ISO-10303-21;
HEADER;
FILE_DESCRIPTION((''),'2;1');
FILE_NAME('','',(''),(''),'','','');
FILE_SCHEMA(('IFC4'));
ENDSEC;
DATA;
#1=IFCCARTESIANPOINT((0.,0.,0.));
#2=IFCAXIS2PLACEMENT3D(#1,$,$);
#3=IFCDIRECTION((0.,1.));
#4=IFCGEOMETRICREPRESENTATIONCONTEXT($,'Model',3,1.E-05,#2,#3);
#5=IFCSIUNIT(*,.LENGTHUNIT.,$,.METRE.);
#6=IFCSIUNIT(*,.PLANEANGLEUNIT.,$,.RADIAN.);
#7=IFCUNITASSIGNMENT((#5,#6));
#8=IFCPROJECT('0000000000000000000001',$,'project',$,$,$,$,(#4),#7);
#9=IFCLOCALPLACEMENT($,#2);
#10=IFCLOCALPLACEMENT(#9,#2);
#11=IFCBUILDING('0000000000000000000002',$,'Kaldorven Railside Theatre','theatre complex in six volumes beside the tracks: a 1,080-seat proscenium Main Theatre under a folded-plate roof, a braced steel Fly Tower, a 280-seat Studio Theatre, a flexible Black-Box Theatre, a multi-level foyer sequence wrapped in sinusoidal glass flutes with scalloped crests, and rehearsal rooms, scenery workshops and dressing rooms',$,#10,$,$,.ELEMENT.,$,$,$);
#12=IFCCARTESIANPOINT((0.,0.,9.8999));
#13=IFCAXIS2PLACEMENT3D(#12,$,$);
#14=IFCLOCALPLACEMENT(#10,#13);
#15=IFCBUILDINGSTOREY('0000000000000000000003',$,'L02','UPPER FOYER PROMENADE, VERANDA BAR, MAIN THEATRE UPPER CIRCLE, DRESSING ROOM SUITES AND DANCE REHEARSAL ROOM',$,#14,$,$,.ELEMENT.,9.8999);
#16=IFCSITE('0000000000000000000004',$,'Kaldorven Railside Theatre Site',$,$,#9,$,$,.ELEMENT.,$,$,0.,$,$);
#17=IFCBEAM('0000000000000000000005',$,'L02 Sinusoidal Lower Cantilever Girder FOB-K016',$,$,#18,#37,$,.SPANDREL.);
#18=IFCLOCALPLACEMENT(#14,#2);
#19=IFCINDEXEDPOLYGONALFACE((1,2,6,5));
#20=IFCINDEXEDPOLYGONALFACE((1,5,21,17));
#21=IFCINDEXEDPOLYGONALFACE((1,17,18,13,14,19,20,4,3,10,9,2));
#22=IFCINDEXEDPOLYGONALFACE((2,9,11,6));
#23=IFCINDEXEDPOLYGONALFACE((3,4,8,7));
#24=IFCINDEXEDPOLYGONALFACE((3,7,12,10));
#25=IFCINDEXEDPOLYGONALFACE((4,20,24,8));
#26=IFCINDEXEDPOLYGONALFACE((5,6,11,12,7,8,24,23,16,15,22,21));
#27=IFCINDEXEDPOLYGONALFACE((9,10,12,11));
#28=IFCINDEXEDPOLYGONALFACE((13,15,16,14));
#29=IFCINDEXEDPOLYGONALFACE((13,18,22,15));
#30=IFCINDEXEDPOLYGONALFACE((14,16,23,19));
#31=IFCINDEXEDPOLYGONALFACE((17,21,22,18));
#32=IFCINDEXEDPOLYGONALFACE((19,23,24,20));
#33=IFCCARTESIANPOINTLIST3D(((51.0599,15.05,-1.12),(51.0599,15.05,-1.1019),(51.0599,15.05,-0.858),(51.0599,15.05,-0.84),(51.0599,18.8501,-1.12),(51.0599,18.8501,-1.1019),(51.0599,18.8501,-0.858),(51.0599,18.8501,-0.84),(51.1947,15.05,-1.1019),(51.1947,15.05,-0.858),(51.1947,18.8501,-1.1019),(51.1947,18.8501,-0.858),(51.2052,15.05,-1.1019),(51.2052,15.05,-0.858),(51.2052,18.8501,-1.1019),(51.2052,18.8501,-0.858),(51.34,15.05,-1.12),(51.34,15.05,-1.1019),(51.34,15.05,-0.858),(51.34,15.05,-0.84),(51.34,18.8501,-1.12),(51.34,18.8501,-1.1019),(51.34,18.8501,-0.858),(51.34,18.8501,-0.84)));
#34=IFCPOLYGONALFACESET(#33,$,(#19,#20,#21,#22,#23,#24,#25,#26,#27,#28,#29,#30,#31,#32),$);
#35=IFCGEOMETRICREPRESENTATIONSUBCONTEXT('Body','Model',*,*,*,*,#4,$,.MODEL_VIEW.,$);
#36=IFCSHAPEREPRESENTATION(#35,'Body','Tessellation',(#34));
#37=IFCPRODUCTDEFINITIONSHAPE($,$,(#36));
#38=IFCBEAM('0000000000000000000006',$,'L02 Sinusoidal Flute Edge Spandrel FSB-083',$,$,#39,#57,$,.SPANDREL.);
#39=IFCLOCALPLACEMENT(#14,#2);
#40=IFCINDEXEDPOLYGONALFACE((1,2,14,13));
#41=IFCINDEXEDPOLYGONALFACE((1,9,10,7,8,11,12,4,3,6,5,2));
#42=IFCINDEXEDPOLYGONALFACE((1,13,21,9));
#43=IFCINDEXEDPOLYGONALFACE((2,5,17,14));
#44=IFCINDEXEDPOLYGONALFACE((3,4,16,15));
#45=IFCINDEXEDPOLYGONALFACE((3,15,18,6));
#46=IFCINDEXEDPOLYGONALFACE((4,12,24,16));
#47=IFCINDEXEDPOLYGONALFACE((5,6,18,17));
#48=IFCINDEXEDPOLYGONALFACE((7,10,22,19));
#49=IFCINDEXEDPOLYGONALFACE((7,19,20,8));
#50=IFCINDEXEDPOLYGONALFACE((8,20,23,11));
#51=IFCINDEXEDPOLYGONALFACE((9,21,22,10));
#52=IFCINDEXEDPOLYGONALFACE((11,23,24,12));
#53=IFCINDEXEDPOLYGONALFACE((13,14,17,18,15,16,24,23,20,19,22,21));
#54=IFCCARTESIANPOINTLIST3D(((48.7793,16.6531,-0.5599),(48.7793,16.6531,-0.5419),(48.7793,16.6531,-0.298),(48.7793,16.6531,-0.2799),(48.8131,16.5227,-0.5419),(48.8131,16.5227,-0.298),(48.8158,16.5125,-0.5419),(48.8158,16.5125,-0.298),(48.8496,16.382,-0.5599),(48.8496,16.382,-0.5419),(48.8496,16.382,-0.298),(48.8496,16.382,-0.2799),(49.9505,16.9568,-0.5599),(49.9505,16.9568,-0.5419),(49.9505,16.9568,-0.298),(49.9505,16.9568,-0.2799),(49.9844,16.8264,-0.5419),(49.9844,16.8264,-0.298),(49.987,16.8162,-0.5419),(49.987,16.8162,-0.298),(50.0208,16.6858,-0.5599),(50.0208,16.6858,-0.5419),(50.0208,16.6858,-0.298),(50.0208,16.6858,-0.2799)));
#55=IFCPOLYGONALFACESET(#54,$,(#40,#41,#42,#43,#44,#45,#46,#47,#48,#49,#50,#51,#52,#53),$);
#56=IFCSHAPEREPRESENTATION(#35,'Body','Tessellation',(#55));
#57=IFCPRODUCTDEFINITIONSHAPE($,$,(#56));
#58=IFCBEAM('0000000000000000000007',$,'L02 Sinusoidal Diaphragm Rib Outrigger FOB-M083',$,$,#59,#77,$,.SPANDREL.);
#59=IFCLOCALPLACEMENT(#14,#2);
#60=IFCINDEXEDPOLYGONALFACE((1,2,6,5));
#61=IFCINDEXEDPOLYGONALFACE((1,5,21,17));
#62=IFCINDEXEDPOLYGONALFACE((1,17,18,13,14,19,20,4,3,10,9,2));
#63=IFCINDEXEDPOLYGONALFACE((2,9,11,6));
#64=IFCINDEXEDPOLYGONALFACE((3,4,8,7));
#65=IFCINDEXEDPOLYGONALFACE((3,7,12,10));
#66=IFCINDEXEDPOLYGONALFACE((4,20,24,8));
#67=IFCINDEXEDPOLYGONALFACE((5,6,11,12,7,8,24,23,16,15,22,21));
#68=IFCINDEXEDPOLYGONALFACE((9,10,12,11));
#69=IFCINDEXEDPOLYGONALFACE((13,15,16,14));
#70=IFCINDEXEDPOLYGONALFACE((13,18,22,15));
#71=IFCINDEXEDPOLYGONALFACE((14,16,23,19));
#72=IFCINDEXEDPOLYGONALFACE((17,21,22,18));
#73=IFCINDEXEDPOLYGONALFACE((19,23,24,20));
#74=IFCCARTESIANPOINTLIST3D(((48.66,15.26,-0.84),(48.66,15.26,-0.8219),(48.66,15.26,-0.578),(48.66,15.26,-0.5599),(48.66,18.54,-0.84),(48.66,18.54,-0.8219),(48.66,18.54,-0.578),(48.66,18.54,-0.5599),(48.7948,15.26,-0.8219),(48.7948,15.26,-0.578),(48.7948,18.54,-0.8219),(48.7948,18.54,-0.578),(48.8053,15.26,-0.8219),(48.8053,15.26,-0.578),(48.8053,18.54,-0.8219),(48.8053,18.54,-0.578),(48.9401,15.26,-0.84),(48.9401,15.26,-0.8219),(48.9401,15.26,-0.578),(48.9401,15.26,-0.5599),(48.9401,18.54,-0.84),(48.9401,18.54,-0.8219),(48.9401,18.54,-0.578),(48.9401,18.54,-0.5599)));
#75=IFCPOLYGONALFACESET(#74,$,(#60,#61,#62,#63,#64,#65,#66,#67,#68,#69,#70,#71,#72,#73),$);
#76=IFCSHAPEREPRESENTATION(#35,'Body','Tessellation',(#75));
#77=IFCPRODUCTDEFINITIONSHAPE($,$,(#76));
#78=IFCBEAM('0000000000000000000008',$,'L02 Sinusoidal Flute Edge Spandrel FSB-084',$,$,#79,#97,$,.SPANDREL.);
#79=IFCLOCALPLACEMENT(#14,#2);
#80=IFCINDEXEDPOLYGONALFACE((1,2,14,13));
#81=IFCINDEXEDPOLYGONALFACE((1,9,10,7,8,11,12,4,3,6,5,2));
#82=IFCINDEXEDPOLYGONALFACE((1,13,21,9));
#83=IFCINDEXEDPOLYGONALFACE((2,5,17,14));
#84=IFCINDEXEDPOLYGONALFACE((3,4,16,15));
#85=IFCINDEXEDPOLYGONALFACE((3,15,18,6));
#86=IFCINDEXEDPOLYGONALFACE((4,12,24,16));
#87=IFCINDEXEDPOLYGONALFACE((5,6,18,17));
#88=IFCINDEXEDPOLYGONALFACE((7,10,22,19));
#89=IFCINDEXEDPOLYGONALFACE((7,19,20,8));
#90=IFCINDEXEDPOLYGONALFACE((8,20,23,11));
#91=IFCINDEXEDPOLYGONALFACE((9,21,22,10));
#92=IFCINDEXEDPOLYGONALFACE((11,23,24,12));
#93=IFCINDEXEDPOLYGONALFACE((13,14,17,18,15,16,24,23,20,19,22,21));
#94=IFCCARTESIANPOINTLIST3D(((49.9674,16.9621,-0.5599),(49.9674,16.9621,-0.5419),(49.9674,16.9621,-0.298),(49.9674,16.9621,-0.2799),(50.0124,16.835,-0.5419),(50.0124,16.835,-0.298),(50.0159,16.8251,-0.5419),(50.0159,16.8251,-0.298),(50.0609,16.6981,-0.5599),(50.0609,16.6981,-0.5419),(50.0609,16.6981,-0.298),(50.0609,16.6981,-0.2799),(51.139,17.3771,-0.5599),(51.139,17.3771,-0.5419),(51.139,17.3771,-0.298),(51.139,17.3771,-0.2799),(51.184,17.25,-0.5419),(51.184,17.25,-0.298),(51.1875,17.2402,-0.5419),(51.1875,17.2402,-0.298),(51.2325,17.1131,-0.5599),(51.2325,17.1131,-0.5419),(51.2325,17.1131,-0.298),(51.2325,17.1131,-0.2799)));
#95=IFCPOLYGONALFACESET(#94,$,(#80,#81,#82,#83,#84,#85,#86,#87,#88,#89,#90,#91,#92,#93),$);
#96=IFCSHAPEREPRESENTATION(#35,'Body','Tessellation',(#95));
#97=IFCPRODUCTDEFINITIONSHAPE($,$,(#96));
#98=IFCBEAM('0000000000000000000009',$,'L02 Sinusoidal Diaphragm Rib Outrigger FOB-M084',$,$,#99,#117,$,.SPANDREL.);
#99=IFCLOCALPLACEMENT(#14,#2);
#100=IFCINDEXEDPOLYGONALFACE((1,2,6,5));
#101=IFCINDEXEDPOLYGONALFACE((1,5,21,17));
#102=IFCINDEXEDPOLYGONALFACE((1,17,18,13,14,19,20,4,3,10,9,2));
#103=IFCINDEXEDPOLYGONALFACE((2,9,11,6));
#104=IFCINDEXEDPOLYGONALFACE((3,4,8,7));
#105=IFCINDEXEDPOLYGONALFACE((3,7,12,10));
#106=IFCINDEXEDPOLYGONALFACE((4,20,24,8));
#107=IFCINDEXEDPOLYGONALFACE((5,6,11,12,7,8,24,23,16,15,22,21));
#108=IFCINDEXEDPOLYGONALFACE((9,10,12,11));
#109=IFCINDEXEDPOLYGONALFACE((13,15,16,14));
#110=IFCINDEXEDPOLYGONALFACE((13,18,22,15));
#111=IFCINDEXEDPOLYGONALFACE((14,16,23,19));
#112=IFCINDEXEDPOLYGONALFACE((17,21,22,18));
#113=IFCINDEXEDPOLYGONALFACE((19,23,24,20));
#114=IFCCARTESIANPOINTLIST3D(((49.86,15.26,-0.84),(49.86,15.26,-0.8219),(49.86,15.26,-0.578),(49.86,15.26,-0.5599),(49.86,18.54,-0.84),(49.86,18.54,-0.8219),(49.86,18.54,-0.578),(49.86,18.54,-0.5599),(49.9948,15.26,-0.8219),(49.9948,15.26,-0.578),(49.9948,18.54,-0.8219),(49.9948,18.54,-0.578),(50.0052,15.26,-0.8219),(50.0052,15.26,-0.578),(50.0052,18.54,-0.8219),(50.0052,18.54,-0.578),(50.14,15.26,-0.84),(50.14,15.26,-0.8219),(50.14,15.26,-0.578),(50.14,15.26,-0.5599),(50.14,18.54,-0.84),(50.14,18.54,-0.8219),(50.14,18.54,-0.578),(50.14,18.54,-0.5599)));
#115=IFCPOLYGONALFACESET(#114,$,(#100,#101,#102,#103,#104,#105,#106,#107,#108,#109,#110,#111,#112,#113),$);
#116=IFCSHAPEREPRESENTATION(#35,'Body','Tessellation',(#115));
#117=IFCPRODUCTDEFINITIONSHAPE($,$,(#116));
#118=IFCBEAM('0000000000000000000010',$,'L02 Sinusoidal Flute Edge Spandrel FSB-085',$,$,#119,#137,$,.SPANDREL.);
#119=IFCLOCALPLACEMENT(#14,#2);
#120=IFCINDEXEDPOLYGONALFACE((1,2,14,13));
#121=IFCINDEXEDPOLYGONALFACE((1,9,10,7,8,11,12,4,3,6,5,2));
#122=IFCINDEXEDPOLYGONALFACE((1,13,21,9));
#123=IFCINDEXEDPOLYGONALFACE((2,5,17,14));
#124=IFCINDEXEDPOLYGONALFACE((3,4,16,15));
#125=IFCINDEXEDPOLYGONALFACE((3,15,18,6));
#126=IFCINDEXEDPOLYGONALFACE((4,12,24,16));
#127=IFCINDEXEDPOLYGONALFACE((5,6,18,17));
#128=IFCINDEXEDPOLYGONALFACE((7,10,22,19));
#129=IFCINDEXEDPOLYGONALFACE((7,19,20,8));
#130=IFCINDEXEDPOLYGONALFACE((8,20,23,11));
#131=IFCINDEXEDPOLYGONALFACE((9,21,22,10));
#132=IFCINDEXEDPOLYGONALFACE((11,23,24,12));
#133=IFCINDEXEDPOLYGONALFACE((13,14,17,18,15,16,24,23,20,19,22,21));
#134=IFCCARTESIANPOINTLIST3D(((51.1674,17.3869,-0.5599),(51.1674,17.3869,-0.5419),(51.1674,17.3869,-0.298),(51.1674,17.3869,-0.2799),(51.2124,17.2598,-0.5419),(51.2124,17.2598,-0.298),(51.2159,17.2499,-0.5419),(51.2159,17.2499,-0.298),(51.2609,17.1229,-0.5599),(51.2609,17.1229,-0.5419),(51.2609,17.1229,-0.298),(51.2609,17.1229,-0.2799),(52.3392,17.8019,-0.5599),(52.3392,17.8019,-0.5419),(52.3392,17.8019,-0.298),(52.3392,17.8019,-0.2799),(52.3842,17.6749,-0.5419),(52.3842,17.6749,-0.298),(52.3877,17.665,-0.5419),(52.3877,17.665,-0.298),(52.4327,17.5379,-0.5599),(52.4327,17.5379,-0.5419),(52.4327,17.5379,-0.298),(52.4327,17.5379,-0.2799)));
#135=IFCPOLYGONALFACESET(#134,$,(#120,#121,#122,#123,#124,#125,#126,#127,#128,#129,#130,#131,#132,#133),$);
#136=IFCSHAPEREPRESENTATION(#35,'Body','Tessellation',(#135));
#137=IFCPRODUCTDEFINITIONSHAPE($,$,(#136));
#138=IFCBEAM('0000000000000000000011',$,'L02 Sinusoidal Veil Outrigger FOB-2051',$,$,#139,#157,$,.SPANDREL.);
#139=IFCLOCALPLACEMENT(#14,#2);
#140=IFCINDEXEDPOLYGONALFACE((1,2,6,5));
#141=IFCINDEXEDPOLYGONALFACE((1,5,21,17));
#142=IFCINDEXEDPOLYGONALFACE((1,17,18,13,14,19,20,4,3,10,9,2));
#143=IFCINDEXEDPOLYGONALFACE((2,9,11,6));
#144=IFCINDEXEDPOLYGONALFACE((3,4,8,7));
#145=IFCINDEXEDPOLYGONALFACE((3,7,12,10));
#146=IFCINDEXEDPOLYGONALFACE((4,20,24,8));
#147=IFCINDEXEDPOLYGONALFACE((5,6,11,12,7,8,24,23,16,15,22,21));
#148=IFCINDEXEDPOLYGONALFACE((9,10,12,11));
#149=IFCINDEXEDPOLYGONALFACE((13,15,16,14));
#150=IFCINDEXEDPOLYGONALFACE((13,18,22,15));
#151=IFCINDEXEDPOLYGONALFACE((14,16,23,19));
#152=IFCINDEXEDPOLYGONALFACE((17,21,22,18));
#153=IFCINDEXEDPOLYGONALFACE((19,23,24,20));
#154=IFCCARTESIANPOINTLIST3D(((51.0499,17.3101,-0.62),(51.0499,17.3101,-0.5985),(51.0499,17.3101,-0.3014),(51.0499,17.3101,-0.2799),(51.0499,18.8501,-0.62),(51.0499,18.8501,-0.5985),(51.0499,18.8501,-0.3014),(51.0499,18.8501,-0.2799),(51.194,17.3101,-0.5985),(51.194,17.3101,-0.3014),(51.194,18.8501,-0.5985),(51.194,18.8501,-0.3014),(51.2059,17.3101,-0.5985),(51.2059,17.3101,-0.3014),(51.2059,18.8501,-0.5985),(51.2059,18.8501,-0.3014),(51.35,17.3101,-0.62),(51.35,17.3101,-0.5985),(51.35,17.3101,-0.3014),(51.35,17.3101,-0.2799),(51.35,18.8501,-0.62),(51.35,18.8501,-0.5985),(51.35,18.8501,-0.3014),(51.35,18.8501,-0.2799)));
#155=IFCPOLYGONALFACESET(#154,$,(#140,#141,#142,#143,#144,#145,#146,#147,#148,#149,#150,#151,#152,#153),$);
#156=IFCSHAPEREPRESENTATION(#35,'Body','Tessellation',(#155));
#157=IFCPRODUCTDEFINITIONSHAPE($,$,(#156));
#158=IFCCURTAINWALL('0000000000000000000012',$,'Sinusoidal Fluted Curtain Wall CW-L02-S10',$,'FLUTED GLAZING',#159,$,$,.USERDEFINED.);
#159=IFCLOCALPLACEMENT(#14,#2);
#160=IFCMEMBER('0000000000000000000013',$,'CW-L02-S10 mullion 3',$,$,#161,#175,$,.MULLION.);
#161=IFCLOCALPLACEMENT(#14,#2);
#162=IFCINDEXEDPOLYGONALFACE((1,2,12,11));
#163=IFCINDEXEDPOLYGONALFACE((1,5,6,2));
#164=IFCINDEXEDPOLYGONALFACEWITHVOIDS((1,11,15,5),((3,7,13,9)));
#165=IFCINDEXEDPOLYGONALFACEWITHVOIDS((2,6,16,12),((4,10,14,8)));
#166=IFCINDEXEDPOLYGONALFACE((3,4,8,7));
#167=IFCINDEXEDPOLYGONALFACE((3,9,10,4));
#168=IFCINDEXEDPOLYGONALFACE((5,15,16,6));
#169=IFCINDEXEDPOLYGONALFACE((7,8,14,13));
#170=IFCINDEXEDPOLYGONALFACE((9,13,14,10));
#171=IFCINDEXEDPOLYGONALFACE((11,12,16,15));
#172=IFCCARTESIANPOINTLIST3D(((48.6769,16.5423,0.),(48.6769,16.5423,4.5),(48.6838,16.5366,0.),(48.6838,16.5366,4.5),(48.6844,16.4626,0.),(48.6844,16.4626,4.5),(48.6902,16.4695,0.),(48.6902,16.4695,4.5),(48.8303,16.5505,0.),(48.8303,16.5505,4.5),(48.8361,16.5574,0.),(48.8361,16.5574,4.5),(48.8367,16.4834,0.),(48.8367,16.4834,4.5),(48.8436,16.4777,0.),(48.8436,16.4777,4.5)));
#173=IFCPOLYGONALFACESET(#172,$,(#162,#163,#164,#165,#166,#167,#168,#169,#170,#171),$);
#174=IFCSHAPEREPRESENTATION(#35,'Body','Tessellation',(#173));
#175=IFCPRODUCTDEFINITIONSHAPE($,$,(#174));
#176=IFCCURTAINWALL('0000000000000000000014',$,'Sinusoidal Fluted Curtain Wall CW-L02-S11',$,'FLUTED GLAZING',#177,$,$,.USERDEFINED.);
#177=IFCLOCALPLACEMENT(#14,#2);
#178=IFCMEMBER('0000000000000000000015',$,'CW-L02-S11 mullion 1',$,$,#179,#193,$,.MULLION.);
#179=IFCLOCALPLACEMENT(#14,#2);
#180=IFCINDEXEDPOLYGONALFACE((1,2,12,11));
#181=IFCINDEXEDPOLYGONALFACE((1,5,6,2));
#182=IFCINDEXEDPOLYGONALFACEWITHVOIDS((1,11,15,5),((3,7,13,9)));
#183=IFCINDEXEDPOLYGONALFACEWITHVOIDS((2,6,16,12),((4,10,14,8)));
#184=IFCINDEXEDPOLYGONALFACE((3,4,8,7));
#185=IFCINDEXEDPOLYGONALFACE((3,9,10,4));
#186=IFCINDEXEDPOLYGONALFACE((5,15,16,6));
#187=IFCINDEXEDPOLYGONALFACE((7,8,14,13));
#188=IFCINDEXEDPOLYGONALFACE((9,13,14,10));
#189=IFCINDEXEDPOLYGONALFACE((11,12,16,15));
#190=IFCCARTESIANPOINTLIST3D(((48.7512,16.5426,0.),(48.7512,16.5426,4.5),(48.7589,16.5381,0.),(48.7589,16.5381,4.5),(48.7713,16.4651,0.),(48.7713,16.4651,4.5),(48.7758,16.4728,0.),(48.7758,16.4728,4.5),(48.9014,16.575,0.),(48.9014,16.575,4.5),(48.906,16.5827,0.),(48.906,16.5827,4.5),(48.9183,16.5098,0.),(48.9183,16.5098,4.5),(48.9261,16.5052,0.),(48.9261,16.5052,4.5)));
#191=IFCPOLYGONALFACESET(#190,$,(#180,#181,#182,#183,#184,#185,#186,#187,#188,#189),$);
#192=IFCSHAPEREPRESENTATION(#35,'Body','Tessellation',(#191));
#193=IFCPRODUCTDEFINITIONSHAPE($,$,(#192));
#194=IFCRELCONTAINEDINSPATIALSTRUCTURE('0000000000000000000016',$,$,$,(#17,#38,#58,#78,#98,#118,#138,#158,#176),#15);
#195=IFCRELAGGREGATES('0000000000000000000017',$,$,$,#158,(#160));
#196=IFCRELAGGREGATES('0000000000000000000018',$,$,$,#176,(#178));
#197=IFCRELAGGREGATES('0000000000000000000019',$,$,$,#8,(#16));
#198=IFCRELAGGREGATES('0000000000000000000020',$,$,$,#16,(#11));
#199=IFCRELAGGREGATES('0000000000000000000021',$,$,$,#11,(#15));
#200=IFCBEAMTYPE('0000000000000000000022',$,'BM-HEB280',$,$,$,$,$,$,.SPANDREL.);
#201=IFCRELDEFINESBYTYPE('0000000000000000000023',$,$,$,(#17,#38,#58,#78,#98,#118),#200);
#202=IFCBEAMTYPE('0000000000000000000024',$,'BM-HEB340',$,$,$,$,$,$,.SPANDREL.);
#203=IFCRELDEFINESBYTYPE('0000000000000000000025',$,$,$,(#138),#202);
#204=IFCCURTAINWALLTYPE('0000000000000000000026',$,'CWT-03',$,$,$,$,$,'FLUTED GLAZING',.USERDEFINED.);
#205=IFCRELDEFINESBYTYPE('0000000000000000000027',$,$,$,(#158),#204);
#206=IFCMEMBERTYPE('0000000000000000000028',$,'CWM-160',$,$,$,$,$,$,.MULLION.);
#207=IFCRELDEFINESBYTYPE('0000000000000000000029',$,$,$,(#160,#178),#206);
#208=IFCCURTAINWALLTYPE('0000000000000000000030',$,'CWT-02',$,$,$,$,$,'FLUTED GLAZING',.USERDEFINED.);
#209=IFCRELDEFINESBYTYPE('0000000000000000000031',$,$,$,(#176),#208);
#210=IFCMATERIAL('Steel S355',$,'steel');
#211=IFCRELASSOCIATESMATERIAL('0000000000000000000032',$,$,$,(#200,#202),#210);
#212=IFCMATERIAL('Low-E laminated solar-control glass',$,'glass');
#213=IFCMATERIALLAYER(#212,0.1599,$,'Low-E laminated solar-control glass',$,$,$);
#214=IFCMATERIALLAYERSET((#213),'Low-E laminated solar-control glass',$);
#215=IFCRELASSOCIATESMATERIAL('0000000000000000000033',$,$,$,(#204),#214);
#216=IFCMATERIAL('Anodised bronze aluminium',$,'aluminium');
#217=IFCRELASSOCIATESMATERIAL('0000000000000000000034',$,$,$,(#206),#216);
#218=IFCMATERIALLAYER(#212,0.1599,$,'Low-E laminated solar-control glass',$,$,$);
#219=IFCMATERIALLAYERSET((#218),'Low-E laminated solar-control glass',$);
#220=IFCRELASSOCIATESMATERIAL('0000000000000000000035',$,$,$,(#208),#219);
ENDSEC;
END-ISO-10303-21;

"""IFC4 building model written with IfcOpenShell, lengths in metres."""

from ifc_helpers import new_model, si_unit, direction, frame, origin, origin_2d, place, context, subcontext, project, spatial, hollow_rectangle, i_section, extrude, material, layer, layer_set, material_profile, profile_set, type_object, element, aggregate, save


model = new_model("IFC4")

# Units and contexts
model_context = context("Model", 3, precision=1e-05, world=origin(), true_north=direction((0.0, 1.0)))
body_context = subcontext(model_context, "Body", "Model", "MODEL_VIEW")
ifc_project = project(units=[si_unit("LENGTHUNIT", "METRE"), si_unit("PLANEANGLEUNIT", "RADIAN")], contexts=[model_context])

# Site, building, storey
site_placement = place(None, origin())
site = spatial("IfcSite", under=ifc_project, at=site_placement, Name="Kaldorven Railside Theatre Site", CompositionType="ELEMENT", RefElevation=0.0)
building_placement = place(site_placement, origin())
building = spatial("IfcBuilding", under=site, at=building_placement, Name="Kaldorven Railside Theatre", Description="theatre complex in six volumes beside the tracks: a 1,080-seat proscenium Main Theatre under a folded-plate roof, a braced steel Fly Tower, a 280-seat Studio Theatre, a flexible Black-Box Theatre, a multi-level foyer sequence wrapped in sinusoidal glass flutes with scalloped crests, and rehearsal rooms, scenery workshops and dressing rooms", CompositionType="ELEMENT")
storey_placement = place(building_placement, frame((0.0, 0.0, 9.8999)))
storey = spatial("IfcBuildingStorey", under=building, at=storey_placement, Name="L02", Description="UPPER FOYER PROMENADE, VERANDA BAR, MAIN THEATRE UPPER CIRCLE, DRESSING ROOM SUITES AND DANCE REHEARSAL ROOM", CompositionType="ELEMENT", Elevation=9.8999)

# Beams
ifc_material_1 = material(Name="Steel S355", Category="steel")
ifc_material_profile_1 = material_profile(ifc_material_1, i_section(OverallWidth=0.28, OverallDepth=0.28, WebThickness=0.0105, FlangeThickness=0.0181, at=origin_2d()), Name="HEB 280")
ifc_profile_set_1 = profile_set([ifc_material_profile_1], Name="Steel S355")
beam_type_1 = type_object("IfcBeamType", Name="BM-HEB280", PredefinedType="SPANDREL", material=ifc_profile_set_1)
beam_1_placement = place(storey_placement, frame((51.2, 15.05, -0.98), z_axis=(0.0, 1.0, 0.0), x_axis=(-1.0, 0.0, 0.0)))
element("IfcBeam", 1, at=beam_1_placement, inside=storey, type_object=beam_type_1, Name="L02 Sinusoidal Lower Cantilever Girder FOB-K016", PredefinedType="SPANDREL", context=body_context, shape_type="SweptSolid", body=[
    extrude(i_section(OverallWidth=0.28, OverallDepth=0.28, WebThickness=0.0105, FlangeThickness=0.0181, at=origin_2d()), origin(), (0.0, 0.0, 1.0), 3.8),
])
beam_2_placement = place(storey_placement, frame((48.8145, 16.5176, -0.4199), z_axis=(0.967981, 0.251025, 0.0), x_axis=(-0.251025, 0.967981, 0.0)))
element("IfcBeam", 2, at=beam_2_placement, inside=storey, type_object=beam_type_1, Name="L02 Sinusoidal Flute Edge Spandrel FSB-083", PredefinedType="SPANDREL", context=body_context, shape_type="SweptSolid", body=[
    extrude(i_section(OverallWidth=0.28, OverallDepth=0.28, WebThickness=0.0105, FlangeThickness=0.0181, at=origin_2d()), origin(), (0.0, 0.0, 1.0), 1.21),
])
beam_3_placement = place(storey_placement, frame((48.8, 15.26, -0.7), z_axis=(0.0, 1.0, 0.0), x_axis=(-1.0, 0.0, 0.0)))
element("IfcBeam", 3, at=beam_3_placement, inside=storey, type_object=beam_type_1, Name="L02 Sinusoidal Diaphragm Rib Outrigger FOB-M083", PredefinedType="SPANDREL", context=body_context, shape_type="SweptSolid", body=[
    extrude(i_section(OverallWidth=0.28, OverallDepth=0.28, WebThickness=0.0105, FlangeThickness=0.0181, at=origin_2d()), origin(), (0.0, 0.0, 1.0), 3.28),
])
beam_4_placement = place(storey_placement, frame((50.0142, 16.8301, -0.4199), z_axis=(0.942605, 0.333909, 0.0), x_axis=(-0.333909, 0.942605, 0.0)))
element("IfcBeam", 4, at=beam_4_placement, inside=storey, type_object=beam_type_1, Name="L02 Sinusoidal Flute Edge Spandrel FSB-084", PredefinedType="SPANDREL", context=body_context, shape_type="SweptSolid", body=[
    extrude(i_section(OverallWidth=0.28, OverallDepth=0.28, WebThickness=0.0105, FlangeThickness=0.0181, at=origin_2d()), origin(), (0.0, 0.0, 1.0), 1.2429),
])
beam_5_placement = place(storey_placement, frame((50.0, 15.26, -0.7), z_axis=(0.0, 1.0, 0.0), x_axis=(-1.0, 0.0, 0.0)))
element("IfcBeam", 5, at=beam_5_placement, inside=storey, type_object=beam_type_1, Name="L02 Sinusoidal Diaphragm Rib Outrigger FOB-M084", PredefinedType="SPANDREL", context=body_context, shape_type="SweptSolid", body=[
    extrude(i_section(OverallWidth=0.28, OverallDepth=0.28, WebThickness=0.0105, FlangeThickness=0.0181, at=origin_2d()), origin(), (0.0, 0.0, 1.0), 3.28),
])
beam_6_placement = place(storey_placement, frame((51.2141, 17.2549, -0.4199), z_axis=(0.942627, 0.333847, 0.0), x_axis=(-0.333847, 0.942627, 0.0)))
element("IfcBeam", 6, at=beam_6_placement, inside=storey, type_object=beam_type_1, Name="L02 Sinusoidal Flute Edge Spandrel FSB-085", PredefinedType="SPANDREL", context=body_context, shape_type="SweptSolid", body=[
    extrude(i_section(OverallWidth=0.28, OverallDepth=0.28, WebThickness=0.0105, FlangeThickness=0.0181, at=origin_2d()), origin(), (0.0, 0.0, 1.0), 1.2432),
])
ifc_material_profile_2 = material_profile(ifc_material_1, i_section(OverallWidth=0.3, OverallDepth=0.3401, WebThickness=0.012, FlangeThickness=0.0215, at=origin_2d()), Name="HEB 340")
ifc_profile_set_2 = profile_set([ifc_material_profile_2], Name="Steel S355")
beam_type_2 = type_object("IfcBeamType", Name="BM-HEB340", PredefinedType="SPANDREL", material=ifc_profile_set_2)
beam_7_placement = place(storey_placement, frame((51.2, 17.3101, -0.45), z_axis=(0.0, 1.0, 0.0), x_axis=(-1.0, 0.0, 0.0)))
element("IfcBeam", 7, at=beam_7_placement, inside=storey, type_object=beam_type_2, Name="L02 Sinusoidal Veil Outrigger FOB-2051", PredefinedType="SPANDREL", context=body_context, shape_type="SweptSolid", body=[
    extrude(i_section(OverallWidth=0.3, OverallDepth=0.3401, WebThickness=0.012, FlangeThickness=0.0215, at=origin_2d()), origin(), (0.0, 0.0, 1.0), 1.54),
])

# Curtain wall, member
ifc_material_2 = material(Name="Low-E laminated solar-control glass", Category="glass")
ifc_layer_1 = layer(ifc_material_2, 0.1599, Name="Low-E laminated solar-control glass")
ifc_layer_set_1 = layer_set([ifc_layer_1], Name="Low-E laminated solar-control glass")
curtain_wall_type_1 = type_object("IfcCurtainWallType", Name="CWT-03", ElementType="FLUTED GLAZING", PredefinedType="USERDEFINED", material=ifc_layer_set_1)
curtain_wall_1_placement = place(storey_placement, origin())
curtain_wall_1 = element("IfcCurtainWall", 8, at=curtain_wall_1_placement, inside=storey, type_object=curtain_wall_type_1, Name="Sinusoidal Fluted Curtain Wall CW-L02-S10", ObjectType="FLUTED GLAZING", PredefinedType="USERDEFINED")
ifc_material_3 = material(Name="Anodised bronze aluminium", Category="aluminium")
ifc_material_profile_3 = material_profile(ifc_material_3, hollow_rectangle(XDim=0.0801, YDim=0.1599, WallThickness=0.0063, at=origin_2d()), Name="RHS 160x80x6.3")
ifc_profile_set_3 = profile_set([ifc_material_profile_3], Name="Anodised bronze aluminium")
member_type_1 = type_object("IfcMemberType", Name="CWM-160", PredefinedType="MULLION", material=ifc_profile_set_3)
member_1_placement = place(storey_placement, frame((48.7603, 16.51, 0.0), z_axis=(0.0, 0.0, 1.0), x_axis=(-0.094492, 0.995526, 0.0)))
member_1 = element("IfcMember", 9, at=member_1_placement, type_object=member_type_1, Name="CW-L02-S10 mullion 3", PredefinedType="MULLION", context=body_context, shape_type="SweptSolid", body=[
    extrude(hollow_rectangle(XDim=0.0801, YDim=0.1599, WallThickness=0.0063, at=origin_2d()), origin(), (0.0, 0.0, 1.0), 4.5),
])
aggregate(curtain_wall_1, [member_1])

# Curtain wall, member
ifc_layer_2 = layer(ifc_material_2, 0.1599, Name="Low-E laminated solar-control glass")
ifc_layer_set_2 = layer_set([ifc_layer_2], Name="Low-E laminated solar-control glass")
curtain_wall_type_2 = type_object("IfcCurtainWallType", Name="CWT-02", ElementType="FLUTED GLAZING", PredefinedType="USERDEFINED", material=ifc_layer_set_2)
curtain_wall_2_placement = place(storey_placement, origin())
curtain_wall_2 = element("IfcCurtainWall", 10, at=curtain_wall_2_placement, inside=storey, type_object=curtain_wall_type_2, Name="Sinusoidal Fluted Curtain Wall CW-L02-S11", ObjectType="FLUTED GLAZING", PredefinedType="USERDEFINED")
member_2_placement = place(storey_placement, frame((48.8386, 16.5239, 0.0), z_axis=(0.0, 0.0, 1.0), x_axis=(-0.250954, 0.967999, 0.0)))
member_2 = element("IfcMember", 11, at=member_2_placement, type_object=member_type_1, Name="CW-L02-S11 mullion 1", PredefinedType="MULLION", context=body_context, shape_type="SweptSolid", body=[
    extrude(hollow_rectangle(XDim=0.0801, YDim=0.1599, WallThickness=0.0063, at=origin_2d()), origin(), (0.0, 0.0, 1.0), 4.5),
])

aggregate(curtain_wall_2, [member_2])

save(model, "model.ifc")
